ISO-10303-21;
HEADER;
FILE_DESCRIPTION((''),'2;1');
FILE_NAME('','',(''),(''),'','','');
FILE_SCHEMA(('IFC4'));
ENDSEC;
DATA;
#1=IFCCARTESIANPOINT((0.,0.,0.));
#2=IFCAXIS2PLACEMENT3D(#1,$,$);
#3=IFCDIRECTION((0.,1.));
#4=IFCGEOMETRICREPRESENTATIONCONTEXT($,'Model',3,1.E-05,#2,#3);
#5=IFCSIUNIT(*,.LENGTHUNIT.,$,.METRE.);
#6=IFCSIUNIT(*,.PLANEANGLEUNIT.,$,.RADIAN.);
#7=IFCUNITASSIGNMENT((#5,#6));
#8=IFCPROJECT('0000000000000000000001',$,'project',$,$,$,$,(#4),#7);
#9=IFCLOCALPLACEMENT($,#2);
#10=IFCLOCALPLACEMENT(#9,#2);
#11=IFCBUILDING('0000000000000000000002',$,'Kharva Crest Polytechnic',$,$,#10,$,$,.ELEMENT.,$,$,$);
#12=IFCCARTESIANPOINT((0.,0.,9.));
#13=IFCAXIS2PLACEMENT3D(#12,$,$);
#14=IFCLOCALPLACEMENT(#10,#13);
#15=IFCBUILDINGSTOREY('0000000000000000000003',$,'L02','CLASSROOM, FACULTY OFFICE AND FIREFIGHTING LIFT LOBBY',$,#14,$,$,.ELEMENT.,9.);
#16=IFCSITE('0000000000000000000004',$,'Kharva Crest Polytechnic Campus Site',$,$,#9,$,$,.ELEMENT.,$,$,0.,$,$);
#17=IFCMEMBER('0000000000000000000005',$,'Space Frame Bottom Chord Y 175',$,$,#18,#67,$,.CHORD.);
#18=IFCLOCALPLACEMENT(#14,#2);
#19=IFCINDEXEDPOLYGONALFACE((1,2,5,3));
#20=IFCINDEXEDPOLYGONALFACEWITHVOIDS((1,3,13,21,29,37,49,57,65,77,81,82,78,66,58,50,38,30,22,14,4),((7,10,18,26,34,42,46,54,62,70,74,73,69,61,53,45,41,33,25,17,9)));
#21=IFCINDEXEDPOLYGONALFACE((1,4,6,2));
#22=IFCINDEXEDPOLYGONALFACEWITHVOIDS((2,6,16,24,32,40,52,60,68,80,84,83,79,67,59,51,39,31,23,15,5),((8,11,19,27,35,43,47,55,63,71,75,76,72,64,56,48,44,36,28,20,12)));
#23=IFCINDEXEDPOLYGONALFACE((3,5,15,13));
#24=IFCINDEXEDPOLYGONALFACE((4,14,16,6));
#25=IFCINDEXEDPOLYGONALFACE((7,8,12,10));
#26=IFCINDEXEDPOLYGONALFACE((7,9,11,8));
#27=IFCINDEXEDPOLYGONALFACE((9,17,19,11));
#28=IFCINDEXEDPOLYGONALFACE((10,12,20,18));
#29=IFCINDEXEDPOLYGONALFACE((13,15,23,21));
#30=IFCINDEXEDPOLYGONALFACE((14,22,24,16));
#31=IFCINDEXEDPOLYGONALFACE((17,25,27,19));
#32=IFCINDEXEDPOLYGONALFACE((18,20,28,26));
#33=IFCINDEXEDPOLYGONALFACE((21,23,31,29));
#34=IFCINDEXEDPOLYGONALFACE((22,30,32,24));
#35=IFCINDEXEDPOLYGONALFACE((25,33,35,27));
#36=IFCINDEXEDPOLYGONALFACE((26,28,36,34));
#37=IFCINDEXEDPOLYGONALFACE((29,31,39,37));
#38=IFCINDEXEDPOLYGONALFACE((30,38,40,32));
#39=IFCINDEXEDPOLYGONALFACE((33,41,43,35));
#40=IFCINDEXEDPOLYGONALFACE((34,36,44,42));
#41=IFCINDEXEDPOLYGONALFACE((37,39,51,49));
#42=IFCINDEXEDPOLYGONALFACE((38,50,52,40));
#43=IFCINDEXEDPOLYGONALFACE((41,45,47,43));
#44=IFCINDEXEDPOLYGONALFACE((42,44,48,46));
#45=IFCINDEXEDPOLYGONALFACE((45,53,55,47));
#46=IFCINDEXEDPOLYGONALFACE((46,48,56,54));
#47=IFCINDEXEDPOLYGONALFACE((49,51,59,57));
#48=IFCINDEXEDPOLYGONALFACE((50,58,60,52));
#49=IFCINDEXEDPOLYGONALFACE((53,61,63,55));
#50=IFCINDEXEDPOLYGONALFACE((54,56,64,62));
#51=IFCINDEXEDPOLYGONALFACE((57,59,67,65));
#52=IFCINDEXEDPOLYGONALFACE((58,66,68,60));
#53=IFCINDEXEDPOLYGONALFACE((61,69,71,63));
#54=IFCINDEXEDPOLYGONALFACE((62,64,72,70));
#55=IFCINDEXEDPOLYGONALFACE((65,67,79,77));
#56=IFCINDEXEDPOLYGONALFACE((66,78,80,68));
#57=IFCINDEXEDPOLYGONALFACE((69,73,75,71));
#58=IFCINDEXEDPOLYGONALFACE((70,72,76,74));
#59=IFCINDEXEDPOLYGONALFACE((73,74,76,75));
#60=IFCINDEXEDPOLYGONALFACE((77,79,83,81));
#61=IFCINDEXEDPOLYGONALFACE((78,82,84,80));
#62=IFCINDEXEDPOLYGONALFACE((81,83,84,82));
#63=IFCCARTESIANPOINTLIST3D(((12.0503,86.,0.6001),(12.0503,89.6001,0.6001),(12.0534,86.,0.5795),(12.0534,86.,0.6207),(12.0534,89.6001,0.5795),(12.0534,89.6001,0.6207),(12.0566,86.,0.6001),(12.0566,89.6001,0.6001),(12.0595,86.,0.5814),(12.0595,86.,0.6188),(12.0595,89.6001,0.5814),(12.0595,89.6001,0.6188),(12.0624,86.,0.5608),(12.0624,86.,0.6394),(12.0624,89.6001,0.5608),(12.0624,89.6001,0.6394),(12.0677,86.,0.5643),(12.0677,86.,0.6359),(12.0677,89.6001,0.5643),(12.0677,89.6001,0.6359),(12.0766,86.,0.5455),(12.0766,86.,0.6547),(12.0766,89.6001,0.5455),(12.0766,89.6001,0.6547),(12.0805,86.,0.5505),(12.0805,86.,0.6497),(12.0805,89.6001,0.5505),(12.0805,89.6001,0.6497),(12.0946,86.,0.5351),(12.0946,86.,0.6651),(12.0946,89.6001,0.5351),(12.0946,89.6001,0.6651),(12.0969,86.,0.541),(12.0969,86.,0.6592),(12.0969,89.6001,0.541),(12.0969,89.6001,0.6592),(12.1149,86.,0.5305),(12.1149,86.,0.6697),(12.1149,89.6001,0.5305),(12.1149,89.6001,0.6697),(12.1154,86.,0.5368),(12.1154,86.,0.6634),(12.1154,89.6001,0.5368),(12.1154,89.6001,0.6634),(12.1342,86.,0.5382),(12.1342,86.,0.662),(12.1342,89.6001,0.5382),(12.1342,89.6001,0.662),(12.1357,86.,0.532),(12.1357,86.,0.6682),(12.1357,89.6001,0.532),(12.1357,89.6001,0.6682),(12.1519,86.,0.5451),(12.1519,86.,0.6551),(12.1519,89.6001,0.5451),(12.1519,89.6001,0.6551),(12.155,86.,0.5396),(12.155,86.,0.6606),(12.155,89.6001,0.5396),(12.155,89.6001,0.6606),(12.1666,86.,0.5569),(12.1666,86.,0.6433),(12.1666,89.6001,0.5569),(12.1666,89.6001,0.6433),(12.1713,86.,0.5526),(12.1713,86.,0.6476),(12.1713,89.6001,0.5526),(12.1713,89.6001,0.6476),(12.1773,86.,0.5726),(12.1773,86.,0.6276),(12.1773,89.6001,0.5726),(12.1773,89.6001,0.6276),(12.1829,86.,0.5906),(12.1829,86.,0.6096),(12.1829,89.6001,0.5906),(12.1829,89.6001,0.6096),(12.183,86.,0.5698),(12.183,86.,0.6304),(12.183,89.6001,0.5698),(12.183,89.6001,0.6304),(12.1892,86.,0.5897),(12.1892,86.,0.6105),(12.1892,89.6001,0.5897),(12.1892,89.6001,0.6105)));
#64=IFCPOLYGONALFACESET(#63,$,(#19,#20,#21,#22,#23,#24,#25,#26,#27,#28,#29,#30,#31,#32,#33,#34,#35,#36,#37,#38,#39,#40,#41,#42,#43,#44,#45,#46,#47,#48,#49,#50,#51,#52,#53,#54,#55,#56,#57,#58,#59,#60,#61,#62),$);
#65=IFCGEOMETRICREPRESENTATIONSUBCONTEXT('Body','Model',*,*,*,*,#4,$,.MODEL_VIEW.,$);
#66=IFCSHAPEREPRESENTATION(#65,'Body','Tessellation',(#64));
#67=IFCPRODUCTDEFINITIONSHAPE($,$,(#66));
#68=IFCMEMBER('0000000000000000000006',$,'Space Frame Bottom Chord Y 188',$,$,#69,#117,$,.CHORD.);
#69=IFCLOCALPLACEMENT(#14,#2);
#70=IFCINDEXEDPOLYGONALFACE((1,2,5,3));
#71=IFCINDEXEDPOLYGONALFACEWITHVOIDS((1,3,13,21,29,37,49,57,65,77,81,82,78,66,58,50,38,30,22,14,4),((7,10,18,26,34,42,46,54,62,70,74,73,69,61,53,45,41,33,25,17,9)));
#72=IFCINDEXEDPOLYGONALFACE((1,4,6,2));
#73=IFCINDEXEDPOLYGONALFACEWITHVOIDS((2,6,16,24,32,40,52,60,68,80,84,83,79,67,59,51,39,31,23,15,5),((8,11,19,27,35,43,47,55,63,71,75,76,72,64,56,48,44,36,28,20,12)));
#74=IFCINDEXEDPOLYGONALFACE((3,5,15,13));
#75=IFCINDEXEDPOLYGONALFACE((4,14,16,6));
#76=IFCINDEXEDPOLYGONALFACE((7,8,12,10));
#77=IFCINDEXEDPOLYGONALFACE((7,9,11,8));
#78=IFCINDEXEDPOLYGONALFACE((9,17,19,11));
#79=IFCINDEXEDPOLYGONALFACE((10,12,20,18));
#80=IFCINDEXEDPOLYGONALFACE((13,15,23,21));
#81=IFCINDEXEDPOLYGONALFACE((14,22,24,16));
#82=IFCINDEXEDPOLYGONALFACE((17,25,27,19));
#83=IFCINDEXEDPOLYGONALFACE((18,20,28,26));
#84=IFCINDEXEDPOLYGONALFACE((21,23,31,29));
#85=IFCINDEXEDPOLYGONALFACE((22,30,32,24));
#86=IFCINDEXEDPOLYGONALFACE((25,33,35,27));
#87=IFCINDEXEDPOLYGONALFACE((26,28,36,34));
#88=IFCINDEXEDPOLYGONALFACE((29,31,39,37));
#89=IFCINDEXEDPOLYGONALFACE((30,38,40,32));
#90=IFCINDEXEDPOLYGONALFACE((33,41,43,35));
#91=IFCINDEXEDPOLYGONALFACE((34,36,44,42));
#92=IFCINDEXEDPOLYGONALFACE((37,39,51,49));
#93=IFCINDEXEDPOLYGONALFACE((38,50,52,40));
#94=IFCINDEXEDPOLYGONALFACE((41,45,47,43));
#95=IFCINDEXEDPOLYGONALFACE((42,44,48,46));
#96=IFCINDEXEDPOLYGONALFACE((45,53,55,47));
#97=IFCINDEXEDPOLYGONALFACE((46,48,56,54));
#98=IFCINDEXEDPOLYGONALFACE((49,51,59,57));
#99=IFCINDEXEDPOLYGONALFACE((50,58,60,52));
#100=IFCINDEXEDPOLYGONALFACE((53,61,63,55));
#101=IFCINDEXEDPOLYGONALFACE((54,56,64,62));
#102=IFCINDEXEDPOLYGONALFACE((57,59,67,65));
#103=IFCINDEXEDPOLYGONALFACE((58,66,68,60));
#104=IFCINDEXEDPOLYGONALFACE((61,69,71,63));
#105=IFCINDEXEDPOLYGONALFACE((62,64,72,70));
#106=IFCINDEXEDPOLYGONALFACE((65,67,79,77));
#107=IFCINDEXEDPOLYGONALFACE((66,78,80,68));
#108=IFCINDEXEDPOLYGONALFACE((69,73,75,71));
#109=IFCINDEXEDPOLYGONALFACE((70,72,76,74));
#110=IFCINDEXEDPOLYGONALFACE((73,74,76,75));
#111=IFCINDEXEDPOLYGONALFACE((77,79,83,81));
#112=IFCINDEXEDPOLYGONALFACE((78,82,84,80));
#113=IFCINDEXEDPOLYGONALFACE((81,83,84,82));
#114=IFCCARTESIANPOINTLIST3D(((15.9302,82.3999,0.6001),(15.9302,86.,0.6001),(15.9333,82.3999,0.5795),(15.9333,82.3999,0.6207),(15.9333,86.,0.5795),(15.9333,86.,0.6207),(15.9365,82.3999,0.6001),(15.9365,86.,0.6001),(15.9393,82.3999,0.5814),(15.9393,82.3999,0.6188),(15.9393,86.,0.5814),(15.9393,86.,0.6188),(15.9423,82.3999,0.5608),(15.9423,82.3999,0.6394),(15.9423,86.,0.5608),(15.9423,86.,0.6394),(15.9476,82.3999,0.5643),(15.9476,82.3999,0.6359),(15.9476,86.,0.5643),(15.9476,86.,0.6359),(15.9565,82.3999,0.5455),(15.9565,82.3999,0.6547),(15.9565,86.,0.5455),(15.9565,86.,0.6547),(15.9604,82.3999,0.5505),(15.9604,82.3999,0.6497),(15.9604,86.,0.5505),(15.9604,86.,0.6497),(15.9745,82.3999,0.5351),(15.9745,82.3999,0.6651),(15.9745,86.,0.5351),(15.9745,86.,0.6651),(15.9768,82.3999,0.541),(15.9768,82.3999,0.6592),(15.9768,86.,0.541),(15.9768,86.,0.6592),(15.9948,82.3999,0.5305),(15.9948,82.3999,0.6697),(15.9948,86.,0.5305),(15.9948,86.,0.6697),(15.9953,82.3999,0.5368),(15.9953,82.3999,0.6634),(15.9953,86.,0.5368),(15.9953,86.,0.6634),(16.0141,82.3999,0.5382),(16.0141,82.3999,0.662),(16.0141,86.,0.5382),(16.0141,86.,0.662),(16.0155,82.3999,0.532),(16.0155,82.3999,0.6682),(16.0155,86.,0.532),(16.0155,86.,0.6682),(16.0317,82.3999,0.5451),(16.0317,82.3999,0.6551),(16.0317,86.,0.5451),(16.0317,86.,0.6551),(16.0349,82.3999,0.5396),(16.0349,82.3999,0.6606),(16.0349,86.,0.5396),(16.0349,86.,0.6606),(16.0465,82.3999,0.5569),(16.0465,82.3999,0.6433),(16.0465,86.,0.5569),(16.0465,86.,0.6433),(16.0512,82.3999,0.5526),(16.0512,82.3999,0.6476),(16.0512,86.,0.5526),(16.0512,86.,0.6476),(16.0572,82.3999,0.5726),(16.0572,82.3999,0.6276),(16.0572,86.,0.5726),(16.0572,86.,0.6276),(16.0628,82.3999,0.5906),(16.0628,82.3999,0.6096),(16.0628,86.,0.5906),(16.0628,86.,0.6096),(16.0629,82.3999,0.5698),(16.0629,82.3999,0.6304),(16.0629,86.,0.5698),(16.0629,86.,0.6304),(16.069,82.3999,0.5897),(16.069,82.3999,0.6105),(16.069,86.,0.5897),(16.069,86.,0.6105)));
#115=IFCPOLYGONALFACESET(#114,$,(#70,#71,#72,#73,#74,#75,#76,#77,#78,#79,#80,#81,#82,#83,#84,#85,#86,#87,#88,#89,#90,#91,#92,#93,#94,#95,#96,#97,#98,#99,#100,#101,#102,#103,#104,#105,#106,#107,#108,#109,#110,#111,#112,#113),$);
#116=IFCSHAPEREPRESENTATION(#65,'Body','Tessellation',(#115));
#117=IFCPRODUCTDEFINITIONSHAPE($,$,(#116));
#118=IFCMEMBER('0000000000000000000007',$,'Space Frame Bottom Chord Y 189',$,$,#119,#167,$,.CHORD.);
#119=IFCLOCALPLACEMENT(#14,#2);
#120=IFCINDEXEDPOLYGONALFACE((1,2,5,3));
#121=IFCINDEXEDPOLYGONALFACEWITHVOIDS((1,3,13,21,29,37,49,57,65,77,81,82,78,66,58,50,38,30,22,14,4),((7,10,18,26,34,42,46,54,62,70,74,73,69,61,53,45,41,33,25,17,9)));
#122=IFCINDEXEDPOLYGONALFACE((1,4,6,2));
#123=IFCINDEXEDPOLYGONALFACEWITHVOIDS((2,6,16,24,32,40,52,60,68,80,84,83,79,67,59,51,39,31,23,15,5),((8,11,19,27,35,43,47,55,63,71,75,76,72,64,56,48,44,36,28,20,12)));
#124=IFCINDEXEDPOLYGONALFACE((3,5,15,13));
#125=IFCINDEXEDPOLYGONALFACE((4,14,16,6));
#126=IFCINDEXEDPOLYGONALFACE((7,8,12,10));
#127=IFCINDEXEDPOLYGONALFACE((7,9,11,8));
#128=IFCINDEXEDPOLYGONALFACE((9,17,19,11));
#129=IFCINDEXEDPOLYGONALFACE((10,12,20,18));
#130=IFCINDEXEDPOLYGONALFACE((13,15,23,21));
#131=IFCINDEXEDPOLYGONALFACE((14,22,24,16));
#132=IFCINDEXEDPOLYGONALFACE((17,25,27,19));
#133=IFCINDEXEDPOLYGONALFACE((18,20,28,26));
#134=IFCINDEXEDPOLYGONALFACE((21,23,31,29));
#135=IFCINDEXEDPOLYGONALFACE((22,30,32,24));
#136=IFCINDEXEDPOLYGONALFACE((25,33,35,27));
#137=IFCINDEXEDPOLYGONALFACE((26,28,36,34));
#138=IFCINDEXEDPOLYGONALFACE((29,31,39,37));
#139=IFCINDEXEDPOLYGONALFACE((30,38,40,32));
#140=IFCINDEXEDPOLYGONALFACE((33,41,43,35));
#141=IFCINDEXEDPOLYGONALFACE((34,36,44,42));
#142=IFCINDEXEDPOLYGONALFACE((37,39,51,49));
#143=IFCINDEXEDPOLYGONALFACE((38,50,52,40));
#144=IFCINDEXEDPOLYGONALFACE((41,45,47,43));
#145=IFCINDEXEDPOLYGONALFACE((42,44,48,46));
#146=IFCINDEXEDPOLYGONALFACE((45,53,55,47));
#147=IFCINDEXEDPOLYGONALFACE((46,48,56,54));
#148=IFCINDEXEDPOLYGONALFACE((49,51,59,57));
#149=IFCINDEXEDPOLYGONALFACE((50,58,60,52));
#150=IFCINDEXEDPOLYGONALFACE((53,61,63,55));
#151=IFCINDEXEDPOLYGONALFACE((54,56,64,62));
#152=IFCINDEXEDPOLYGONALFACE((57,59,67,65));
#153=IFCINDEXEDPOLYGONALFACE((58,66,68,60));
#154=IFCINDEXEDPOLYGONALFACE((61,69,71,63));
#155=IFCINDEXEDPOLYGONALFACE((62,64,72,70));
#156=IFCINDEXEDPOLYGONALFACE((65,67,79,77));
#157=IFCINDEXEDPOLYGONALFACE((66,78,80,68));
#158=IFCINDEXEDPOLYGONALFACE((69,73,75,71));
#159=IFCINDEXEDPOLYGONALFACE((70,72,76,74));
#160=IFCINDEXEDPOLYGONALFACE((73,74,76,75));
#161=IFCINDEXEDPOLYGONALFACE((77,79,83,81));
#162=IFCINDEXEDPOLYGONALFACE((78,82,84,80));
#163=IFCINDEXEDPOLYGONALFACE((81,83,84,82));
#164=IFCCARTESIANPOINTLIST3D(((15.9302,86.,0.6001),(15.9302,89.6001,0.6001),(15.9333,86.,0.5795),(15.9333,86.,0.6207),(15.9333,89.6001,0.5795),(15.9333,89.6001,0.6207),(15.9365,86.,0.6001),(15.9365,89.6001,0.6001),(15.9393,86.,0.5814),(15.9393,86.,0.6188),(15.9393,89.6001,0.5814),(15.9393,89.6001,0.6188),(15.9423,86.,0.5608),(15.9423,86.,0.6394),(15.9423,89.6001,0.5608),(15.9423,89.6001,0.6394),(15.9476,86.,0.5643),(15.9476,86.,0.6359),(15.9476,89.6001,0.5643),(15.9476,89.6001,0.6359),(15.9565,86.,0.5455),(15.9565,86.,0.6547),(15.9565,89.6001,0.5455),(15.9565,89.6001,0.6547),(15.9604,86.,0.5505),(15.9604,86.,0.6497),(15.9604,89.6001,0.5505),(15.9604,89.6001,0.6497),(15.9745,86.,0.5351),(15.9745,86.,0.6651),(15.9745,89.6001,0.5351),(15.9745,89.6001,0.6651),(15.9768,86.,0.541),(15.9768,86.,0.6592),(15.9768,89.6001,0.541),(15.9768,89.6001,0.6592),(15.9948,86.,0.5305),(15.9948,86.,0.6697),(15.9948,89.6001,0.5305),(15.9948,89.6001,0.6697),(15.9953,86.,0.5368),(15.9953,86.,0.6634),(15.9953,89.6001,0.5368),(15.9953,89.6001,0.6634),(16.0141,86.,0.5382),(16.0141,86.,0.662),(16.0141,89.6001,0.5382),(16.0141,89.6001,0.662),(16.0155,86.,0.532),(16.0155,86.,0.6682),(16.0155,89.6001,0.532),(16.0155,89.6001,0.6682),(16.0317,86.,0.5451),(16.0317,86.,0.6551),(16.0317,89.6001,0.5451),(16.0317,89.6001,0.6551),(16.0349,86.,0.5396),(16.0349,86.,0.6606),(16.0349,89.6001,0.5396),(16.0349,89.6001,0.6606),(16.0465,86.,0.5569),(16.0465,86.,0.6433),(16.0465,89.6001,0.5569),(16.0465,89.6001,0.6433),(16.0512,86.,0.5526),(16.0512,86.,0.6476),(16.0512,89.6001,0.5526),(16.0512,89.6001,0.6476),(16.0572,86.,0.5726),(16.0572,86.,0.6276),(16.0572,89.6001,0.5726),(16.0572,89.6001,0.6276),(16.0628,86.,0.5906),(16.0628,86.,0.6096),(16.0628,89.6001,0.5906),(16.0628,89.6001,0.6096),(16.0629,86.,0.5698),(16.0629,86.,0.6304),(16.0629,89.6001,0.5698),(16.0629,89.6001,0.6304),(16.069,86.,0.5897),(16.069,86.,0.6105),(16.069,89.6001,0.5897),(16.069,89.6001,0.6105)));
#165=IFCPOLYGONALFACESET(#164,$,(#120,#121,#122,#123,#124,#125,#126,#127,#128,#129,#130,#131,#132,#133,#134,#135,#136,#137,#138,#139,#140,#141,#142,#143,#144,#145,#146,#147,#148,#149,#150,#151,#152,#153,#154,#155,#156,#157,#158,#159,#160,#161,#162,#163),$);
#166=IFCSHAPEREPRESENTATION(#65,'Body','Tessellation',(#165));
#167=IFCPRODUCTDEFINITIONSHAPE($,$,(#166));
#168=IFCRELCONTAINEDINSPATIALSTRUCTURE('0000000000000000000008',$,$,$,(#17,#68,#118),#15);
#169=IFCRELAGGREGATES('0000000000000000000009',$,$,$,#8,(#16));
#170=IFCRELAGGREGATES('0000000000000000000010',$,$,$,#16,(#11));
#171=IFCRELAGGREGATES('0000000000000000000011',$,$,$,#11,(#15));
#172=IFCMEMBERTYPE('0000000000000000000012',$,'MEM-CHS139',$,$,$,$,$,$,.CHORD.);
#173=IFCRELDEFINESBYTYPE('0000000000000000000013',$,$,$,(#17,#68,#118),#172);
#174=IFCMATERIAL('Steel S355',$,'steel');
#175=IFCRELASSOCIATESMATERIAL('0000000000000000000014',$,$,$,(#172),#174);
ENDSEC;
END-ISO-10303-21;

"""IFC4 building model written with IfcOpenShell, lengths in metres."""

from ifc_helpers import new_model, si_unit, direction, frame, origin, origin_2d, place, context, subcontext, project, spatial, hollow_circle, extrude, material, material_profile, profile_set, type_object, element, save


model = new_model("IFC4")

# Units and contexts
model_context = context("Model", 3, precision=1e-05, world=origin(), true_north=direction((0.0, 1.0)))
body_context = subcontext(model_context, "Body", "Model", "MODEL_VIEW")
ifc_project = project(units=[si_unit("LENGTHUNIT", "METRE"), si_unit("PLANEANGLEUNIT", "RADIAN")], contexts=[model_context])

# Site, building, storey
site_placement = place(None, origin())
site = spatial("IfcSite", under=ifc_project, at=site_placement, Name="Kharva Crest Polytechnic Campus Site", CompositionType="ELEMENT", RefElevation=0.0)
building_placement = place(site_placement, origin())
building = spatial("IfcBuilding", under=site, at=building_placement, Name="Kharva Crest Polytechnic", CompositionType="ELEMENT")
storey_placement = place(building_placement, frame((0.0, 0.0, 9.0)))
storey = spatial("IfcBuildingStorey", under=building, at=storey_placement, Name="L02", Description="CLASSROOM, FACULTY OFFICE AND FIREFIGHTING LIFT LOBBY", CompositionType="ELEMENT", Elevation=9.0)

# Shared definitions
ifc_material_1 = material(Name="Steel S355", Category="steel")

# Members
ifc_material_profile_1 = material_profile(ifc_material_1, hollow_circle(Radius=0.0698, WallThickness=0.0063, at=origin_2d()), Name="CHS 139.7X6.3")
ifc_profile_set_1 = profile_set([ifc_material_profile_1], Name="Steel S355")
member_type_1 = type_object("IfcMemberType", Name="MEM-CHS139", PredefinedType="CHORD", material=ifc_profile_set_1)
for number, where, z_axis, x_axis, name in (
    (1, (12.1201, 86.0, 0.6001), (0.0, 1.0, 0.0), (-1.0, 0.0, 0.0), "Space Frame Bottom Chord Y 175"),
    (2, (16.0, 82.3999, 0.6001), (0.0, 1.0, 0.0), (-1.0, 0.0, 0.0), "Space Frame Bottom Chord Y 188"),
    (3, (16.0, 86.0, 0.6001), (0.0, 1.0, 0.0), (-1.0, 0.0, 0.0), "Space Frame Bottom Chord Y 189"),
):
    element("IfcMember", number, at=place(storey_placement, frame(where, z_axis=z_axis, x_axis=x_axis)), inside=storey, type_object=member_type_1, Name=name, PredefinedType="CHORD", context=body_context, shape_type="SweptSolid", body=[
        extrude(hollow_circle(Radius=0.0698, WallThickness=0.0063, at=origin_2d()), origin(), (0.0, 0.0, 1.0), 3.6001),
    ])

save(model, "model.ifc")
